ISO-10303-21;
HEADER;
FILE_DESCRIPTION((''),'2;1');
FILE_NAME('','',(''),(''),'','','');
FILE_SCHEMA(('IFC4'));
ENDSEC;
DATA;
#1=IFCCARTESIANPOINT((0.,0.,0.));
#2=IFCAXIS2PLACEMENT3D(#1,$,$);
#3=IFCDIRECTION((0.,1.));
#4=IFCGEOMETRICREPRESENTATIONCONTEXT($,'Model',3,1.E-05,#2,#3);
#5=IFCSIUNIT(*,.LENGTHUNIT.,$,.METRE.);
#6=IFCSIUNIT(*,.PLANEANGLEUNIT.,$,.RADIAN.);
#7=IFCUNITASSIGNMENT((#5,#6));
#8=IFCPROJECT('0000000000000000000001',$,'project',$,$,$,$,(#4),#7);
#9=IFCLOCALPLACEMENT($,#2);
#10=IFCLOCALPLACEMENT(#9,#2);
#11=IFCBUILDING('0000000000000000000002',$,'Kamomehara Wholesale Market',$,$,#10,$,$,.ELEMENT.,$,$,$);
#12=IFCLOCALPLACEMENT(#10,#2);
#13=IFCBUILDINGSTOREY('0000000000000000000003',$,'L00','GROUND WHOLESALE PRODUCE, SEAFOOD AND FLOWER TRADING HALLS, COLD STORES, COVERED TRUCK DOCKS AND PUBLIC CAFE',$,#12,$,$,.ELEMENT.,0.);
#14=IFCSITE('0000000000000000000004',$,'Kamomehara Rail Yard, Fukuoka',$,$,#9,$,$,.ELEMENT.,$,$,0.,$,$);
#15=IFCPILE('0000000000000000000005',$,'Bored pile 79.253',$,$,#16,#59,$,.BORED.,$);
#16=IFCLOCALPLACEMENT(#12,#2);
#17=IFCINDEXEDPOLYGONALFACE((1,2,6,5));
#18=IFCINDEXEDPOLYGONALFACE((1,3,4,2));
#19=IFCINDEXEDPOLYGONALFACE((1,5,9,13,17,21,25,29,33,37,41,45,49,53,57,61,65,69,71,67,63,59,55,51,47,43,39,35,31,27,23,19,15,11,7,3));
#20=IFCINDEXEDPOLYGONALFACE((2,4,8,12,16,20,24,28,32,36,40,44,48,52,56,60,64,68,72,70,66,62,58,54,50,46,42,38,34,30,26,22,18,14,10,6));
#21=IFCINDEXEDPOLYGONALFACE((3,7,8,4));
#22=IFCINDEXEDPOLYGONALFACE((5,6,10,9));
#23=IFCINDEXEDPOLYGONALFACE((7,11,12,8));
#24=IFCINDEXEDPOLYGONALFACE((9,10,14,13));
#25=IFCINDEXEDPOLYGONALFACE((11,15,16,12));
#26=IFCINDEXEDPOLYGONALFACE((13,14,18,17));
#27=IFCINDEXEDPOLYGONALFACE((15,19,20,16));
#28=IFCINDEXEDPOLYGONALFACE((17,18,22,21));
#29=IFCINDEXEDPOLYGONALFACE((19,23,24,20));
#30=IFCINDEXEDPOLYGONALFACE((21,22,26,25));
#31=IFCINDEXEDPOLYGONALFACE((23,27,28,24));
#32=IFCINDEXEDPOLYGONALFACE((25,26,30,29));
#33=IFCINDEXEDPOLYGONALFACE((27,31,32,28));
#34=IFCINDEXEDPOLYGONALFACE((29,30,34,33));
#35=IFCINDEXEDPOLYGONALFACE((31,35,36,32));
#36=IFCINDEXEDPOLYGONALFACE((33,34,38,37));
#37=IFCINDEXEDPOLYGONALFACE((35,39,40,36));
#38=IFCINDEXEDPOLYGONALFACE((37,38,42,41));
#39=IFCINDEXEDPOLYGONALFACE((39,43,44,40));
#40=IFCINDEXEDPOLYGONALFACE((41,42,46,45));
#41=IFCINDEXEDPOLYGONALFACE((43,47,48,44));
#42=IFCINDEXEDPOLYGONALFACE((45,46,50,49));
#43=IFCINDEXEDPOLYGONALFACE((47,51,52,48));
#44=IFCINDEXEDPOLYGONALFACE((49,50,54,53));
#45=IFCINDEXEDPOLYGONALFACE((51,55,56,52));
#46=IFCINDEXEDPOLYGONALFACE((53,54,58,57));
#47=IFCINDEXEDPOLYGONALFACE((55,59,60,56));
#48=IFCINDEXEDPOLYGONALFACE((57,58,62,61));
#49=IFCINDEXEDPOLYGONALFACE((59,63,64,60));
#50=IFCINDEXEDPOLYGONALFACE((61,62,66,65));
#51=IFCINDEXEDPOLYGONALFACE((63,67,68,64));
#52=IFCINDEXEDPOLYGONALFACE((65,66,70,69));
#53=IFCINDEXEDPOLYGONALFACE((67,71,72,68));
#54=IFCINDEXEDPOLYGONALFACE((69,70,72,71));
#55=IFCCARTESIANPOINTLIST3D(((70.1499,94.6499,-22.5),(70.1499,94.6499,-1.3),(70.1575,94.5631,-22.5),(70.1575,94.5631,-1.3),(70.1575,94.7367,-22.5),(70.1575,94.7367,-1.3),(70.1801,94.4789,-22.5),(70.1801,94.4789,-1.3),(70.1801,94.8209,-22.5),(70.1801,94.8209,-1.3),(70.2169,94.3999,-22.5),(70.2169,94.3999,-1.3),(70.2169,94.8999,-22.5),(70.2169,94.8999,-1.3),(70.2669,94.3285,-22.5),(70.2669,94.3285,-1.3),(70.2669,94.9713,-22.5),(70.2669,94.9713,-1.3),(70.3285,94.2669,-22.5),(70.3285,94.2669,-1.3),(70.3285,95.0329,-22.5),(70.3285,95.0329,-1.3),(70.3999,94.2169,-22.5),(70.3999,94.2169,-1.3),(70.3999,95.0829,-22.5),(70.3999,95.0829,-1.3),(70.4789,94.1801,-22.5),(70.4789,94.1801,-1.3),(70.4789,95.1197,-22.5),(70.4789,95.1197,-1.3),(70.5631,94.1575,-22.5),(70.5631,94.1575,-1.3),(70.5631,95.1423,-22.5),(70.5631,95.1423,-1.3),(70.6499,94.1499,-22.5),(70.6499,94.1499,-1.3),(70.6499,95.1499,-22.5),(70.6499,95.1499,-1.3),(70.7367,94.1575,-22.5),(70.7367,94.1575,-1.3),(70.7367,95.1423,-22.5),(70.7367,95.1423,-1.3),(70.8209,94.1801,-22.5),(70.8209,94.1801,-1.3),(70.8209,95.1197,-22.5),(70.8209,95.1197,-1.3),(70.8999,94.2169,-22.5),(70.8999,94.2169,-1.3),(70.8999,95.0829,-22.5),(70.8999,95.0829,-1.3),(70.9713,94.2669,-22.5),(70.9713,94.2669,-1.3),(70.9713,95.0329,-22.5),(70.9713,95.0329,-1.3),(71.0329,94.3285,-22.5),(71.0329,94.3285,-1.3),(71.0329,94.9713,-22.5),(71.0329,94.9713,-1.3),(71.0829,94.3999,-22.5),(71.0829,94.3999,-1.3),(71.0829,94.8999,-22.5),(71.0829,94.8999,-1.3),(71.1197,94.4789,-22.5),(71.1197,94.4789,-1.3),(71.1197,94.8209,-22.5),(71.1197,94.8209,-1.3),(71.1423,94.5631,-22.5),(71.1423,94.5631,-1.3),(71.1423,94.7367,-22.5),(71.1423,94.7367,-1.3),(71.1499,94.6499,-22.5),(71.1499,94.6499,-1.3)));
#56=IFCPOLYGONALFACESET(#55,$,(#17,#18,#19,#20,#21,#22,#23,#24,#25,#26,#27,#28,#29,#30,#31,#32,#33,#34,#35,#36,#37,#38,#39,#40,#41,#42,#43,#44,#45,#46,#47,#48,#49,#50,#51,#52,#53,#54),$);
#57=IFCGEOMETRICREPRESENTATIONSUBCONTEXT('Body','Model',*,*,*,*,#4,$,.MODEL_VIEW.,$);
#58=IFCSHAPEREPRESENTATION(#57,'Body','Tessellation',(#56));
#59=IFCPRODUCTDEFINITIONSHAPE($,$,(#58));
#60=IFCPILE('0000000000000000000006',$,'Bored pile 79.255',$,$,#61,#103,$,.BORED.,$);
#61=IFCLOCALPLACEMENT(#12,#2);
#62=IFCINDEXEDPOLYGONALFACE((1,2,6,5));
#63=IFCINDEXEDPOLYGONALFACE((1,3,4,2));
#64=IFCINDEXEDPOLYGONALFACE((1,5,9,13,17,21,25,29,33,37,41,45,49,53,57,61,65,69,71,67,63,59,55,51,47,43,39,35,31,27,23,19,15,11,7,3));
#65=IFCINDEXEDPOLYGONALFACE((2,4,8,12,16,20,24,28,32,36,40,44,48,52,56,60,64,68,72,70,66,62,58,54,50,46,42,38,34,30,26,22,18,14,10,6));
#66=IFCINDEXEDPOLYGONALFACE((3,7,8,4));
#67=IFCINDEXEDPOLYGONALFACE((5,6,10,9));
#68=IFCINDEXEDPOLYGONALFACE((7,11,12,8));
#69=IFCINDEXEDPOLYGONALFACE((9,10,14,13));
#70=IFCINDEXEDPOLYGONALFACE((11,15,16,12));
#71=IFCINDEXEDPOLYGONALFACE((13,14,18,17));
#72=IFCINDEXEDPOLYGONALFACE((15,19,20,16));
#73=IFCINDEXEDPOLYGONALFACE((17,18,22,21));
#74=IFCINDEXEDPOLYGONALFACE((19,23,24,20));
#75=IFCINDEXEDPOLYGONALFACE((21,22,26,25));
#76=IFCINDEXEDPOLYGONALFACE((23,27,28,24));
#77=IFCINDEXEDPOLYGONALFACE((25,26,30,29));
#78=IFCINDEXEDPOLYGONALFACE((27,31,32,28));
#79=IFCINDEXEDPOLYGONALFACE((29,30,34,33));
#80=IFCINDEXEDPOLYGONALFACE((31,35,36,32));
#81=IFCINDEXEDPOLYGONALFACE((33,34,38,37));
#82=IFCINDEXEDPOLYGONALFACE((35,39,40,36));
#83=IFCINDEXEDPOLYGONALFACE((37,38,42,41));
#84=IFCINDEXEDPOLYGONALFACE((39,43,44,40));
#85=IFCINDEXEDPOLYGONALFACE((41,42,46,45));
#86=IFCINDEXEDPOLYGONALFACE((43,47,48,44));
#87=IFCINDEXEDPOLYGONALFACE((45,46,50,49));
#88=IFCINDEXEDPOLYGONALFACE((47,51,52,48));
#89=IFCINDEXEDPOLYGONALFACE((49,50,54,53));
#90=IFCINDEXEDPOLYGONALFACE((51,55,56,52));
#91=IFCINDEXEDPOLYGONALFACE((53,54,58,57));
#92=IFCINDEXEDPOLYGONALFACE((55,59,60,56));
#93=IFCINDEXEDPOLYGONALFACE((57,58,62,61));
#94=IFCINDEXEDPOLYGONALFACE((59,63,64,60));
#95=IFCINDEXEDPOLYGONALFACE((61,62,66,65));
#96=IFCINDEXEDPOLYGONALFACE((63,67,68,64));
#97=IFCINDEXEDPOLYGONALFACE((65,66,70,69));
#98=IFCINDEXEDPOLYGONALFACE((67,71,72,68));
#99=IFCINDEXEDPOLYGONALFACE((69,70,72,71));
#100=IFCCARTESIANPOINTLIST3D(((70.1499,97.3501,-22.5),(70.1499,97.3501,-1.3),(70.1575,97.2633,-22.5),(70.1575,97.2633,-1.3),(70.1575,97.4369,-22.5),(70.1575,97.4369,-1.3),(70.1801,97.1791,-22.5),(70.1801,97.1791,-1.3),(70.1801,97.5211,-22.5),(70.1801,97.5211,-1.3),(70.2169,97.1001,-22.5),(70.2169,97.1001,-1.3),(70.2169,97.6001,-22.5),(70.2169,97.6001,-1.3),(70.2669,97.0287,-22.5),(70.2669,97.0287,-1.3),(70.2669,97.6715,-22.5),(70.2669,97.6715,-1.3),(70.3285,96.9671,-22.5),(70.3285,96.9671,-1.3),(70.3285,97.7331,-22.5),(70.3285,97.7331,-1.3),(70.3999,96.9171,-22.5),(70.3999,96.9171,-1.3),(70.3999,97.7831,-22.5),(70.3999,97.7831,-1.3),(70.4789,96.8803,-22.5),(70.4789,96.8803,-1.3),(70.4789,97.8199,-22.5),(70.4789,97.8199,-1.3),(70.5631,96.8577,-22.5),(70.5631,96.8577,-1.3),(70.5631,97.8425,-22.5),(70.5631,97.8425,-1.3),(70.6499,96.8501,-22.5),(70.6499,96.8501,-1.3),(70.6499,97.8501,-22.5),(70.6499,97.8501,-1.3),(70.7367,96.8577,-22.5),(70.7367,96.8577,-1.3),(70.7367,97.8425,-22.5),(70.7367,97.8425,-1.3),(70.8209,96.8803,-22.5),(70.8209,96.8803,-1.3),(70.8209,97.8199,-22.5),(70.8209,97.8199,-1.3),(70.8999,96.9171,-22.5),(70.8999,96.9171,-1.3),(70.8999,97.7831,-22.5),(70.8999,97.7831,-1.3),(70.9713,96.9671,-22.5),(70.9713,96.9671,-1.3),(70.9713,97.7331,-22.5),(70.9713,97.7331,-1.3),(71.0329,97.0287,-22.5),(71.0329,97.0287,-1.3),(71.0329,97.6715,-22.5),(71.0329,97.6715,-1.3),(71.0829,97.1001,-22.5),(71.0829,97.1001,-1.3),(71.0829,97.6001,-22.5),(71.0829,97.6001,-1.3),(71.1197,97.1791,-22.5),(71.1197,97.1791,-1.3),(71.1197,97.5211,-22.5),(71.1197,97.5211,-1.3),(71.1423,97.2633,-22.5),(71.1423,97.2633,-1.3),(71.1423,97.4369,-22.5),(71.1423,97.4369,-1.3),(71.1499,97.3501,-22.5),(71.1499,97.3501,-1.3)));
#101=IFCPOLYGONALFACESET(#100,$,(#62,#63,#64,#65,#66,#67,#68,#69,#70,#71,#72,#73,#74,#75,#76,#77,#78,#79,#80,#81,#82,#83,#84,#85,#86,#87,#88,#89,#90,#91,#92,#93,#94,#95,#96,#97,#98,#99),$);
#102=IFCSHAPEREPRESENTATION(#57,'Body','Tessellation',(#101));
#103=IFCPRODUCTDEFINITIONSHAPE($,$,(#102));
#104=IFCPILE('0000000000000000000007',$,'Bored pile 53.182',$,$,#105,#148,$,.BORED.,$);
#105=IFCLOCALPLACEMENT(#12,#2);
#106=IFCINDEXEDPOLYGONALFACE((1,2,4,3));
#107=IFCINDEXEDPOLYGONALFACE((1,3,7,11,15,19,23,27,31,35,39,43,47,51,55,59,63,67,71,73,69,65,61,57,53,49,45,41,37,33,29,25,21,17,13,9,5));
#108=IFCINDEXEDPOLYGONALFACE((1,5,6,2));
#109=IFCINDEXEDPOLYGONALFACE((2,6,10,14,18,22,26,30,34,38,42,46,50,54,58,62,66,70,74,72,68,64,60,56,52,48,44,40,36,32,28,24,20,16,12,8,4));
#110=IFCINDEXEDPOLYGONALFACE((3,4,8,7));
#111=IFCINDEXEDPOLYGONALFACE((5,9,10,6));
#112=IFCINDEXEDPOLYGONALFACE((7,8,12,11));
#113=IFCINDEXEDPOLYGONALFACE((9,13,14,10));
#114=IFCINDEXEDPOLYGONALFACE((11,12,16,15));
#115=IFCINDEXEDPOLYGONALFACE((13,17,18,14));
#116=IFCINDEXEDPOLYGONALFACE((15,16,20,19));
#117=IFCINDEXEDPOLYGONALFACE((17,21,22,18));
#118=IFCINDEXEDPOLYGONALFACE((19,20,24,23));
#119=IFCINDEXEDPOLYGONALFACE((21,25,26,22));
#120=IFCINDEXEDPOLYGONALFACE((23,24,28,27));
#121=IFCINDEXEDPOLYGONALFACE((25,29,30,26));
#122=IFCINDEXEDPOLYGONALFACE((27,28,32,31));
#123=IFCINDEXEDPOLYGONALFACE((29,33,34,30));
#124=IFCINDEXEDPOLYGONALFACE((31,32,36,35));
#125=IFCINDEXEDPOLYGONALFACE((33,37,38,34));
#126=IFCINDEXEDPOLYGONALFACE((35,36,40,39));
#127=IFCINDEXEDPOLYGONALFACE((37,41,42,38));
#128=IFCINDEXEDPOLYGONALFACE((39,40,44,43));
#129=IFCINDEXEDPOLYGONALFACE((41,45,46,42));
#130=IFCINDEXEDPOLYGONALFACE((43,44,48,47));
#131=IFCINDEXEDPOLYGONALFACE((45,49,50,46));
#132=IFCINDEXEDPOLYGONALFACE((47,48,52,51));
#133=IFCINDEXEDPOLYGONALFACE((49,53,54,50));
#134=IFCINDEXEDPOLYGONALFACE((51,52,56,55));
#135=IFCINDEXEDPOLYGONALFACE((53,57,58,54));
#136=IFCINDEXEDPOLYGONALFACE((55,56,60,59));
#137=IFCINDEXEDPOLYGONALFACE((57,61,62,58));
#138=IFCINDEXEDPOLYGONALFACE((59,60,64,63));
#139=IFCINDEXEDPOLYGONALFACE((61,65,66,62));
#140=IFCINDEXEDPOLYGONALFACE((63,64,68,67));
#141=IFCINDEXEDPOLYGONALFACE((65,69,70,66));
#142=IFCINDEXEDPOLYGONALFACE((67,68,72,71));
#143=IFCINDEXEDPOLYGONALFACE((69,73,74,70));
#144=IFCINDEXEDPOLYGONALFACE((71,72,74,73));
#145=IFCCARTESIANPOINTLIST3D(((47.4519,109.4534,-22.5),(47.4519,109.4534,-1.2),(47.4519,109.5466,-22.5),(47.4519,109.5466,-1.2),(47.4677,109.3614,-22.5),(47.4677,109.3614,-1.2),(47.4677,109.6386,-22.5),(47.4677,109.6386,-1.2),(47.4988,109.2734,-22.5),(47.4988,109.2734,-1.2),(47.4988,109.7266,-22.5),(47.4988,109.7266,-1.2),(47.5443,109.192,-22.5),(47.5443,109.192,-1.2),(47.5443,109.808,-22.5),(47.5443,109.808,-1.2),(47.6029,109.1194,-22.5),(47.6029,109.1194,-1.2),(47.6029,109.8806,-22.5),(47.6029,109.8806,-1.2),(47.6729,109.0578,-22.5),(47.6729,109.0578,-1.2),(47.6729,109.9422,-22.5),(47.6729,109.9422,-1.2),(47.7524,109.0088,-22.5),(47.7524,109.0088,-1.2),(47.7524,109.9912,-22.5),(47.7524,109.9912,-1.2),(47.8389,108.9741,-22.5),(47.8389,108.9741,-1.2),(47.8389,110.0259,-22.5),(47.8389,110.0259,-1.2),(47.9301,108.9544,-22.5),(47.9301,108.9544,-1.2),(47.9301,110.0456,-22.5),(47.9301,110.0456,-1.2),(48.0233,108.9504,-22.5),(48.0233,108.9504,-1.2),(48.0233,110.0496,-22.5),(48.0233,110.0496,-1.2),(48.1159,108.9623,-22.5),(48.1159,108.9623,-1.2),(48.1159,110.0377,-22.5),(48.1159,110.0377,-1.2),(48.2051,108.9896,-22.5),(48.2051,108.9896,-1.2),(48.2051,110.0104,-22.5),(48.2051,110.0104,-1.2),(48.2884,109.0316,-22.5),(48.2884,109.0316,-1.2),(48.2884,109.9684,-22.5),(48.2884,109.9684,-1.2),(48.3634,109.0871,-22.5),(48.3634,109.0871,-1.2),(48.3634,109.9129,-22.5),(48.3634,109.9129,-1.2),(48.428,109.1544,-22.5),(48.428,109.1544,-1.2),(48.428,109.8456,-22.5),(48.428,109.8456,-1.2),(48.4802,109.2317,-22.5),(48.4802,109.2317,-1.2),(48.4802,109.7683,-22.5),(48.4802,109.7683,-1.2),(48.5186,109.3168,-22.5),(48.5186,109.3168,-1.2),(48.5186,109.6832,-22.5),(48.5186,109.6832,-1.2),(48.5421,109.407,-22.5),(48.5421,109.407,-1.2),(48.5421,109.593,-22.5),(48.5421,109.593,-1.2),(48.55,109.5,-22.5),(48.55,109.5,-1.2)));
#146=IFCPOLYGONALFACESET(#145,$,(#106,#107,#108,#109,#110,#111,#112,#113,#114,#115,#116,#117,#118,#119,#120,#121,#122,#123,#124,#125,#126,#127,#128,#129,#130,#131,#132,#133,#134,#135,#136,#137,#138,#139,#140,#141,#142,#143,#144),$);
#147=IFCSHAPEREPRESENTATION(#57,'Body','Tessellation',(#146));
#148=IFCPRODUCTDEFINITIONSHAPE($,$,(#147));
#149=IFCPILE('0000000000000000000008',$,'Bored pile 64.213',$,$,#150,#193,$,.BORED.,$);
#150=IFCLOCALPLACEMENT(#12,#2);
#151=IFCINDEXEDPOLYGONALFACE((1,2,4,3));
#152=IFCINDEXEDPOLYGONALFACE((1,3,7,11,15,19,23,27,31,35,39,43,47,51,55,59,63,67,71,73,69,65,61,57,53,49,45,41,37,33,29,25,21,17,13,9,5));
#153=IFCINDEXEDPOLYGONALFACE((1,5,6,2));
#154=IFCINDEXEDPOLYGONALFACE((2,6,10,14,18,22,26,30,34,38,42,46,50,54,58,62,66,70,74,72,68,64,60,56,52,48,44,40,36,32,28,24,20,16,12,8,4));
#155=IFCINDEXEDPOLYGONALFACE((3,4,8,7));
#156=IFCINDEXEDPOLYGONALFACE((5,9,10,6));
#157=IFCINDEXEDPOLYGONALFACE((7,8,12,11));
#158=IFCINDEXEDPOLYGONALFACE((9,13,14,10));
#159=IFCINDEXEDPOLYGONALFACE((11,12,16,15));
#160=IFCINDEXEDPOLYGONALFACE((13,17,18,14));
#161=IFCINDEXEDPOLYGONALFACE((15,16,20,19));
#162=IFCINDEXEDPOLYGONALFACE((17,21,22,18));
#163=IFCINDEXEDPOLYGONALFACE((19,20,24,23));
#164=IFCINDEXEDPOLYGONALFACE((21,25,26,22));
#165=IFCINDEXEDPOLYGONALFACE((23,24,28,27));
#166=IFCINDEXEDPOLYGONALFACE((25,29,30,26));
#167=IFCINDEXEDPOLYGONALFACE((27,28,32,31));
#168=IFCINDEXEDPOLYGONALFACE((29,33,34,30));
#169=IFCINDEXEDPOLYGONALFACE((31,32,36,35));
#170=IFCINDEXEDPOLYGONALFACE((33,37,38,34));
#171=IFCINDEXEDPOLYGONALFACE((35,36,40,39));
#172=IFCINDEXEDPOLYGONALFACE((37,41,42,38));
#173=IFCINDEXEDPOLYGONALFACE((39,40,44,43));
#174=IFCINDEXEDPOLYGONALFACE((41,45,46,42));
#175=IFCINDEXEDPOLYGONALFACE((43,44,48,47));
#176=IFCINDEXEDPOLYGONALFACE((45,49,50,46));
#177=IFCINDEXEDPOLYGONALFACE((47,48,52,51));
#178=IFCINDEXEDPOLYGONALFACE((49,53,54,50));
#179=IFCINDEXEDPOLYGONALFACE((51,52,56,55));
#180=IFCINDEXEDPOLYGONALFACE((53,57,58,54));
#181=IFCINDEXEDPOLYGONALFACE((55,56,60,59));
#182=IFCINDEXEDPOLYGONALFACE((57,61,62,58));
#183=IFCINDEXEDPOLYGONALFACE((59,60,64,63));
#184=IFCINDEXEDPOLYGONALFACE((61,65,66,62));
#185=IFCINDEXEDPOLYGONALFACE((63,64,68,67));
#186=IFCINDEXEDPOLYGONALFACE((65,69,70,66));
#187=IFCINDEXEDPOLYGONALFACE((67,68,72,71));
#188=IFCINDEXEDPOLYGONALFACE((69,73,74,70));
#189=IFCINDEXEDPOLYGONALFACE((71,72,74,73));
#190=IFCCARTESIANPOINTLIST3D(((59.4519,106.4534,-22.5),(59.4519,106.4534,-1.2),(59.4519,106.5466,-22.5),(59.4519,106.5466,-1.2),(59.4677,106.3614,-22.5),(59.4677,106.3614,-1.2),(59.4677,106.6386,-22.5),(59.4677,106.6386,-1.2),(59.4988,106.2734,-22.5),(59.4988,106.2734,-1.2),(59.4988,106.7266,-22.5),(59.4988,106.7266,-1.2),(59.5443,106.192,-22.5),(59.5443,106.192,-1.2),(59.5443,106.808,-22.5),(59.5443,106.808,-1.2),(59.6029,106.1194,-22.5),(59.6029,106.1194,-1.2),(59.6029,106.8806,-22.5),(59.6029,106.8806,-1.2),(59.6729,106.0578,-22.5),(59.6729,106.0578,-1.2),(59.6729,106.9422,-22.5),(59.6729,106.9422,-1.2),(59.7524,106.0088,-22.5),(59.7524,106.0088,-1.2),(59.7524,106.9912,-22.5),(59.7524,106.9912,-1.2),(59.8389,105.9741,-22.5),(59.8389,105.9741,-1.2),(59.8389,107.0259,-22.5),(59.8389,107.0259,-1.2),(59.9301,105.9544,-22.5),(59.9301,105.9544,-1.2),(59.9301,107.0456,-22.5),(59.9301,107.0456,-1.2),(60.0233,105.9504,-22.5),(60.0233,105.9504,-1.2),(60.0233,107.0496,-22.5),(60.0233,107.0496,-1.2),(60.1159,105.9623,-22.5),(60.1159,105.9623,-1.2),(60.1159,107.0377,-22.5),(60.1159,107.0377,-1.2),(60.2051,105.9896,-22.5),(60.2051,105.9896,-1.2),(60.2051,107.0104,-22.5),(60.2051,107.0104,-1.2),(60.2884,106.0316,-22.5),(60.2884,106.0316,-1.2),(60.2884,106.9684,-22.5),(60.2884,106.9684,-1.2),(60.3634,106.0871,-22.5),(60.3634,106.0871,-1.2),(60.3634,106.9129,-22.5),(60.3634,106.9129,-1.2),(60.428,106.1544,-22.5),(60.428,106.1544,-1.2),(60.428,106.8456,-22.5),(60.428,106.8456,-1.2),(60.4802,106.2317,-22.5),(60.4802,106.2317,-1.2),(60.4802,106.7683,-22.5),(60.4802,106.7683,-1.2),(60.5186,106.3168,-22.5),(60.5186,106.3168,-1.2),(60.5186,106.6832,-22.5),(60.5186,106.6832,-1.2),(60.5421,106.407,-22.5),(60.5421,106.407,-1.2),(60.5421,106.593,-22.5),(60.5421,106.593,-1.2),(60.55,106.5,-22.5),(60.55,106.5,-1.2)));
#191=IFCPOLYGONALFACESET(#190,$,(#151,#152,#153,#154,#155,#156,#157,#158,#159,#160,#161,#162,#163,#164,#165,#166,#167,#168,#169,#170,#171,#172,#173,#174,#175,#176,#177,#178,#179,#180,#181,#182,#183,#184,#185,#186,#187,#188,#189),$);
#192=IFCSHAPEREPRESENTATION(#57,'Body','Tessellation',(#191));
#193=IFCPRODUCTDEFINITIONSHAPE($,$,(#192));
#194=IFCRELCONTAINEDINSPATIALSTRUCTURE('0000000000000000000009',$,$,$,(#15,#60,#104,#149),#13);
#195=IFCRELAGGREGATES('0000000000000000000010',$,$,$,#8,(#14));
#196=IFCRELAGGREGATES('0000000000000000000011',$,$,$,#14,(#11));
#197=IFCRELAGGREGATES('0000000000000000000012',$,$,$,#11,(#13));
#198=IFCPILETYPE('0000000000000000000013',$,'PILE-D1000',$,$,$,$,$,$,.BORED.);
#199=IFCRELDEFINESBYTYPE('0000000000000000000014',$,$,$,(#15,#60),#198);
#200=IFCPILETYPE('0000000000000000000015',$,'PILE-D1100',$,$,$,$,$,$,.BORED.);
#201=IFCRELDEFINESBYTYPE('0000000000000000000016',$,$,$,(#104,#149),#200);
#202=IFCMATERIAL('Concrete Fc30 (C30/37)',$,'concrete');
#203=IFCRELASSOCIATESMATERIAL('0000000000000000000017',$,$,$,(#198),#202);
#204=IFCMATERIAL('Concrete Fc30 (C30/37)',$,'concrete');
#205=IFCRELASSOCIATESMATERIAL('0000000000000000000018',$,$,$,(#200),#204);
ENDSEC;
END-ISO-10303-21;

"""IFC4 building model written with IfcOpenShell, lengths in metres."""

from ifc_helpers import new_model, si_unit, direction, frame, origin, origin_2d, place, context, subcontext, project, spatial, circle, extrude, material, material_profile, profile_set, type_object, element, save


model = new_model("IFC4")

# Units and contexts
model_context = context("Model", 3, precision=1e-05, world=origin(), true_north=direction((0.0, 1.0)))
body_context = subcontext(model_context, "Body", "Model", "MODEL_VIEW")
ifc_project = project(units=[si_unit("LENGTHUNIT", "METRE"), si_unit("PLANEANGLEUNIT", "RADIAN")], contexts=[model_context])

# Site, building, storey
site_placement = place(None, origin())
site = spatial("IfcSite", under=ifc_project, at=site_placement, Name="Kamomehara Rail Yard, Fukuoka", CompositionType="ELEMENT", RefElevation=0.0)
building_placement = place(site_placement, origin())
building = spatial("IfcBuilding", under=site, at=building_placement, Name="Kamomehara Wholesale Market", CompositionType="ELEMENT")
storey_placement = place(building_placement, origin())
storey = spatial("IfcBuildingStorey", under=building, at=storey_placement, Name="L00", Description="GROUND WHOLESALE PRODUCE, SEAFOOD AND FLOWER TRADING HALLS, COLD STORES, COVERED TRUCK DOCKS AND PUBLIC CAFE", CompositionType="ELEMENT", Elevation=0.0)

# Piles
ifc_material_1 = material(Name="Concrete Fc30 (C30/37)", Category="concrete")
ifc_material_profile_1 = material_profile(ifc_material_1, circle(Radius=0.5, at=origin_2d()), Name="RC-PILE-D1000")
ifc_profile_set_1 = profile_set([ifc_material_profile_1], Name="Concrete Fc30 (C30/37)")
pile_type_1 = type_object("IfcPileType", Name="PILE-D1000", PredefinedType="BORED", material=ifc_profile_set_1)
for number, where, z_axis, x_axis, name in (
    (1, (70.6499, 94.6499, -1.3), (0.0, 0.0, -1.0), (1.0, 0.0, 0.0), "Bored pile 79.253"),
    (2, (70.6499, 97.3501, -1.3), (0.0, 0.0, -1.0), (1.0, 0.0, 0.0), "Bored pile 79.255"),
):
    element("IfcPile", number, at=place(storey_placement, frame(where, z_axis=z_axis, x_axis=x_axis)), inside=storey, type_object=pile_type_1, Name=name, PredefinedType="BORED", context=body_context, shape_type="SweptSolid", body=[
        extrude(circle(Radius=0.5, at=origin_2d()), origin(), (0.0, 0.0, 1.0), 21.2),
    ])
ifc_material_2 = material(Name="Concrete Fc30 (C30/37)", Category="concrete")
ifc_material_profile_2 = material_profile(ifc_material_2, circle(Radius=0.55, at=origin_2d()), Name="RC-PILE-D1100")
ifc_profile_set_2 = profile_set([ifc_material_profile_2], Name="Concrete Fc30 (C30/37)")
pile_type_2 = type_object("IfcPileType", Name="PILE-D1100", PredefinedType="BORED", material=ifc_profile_set_2)
for number, where, z_axis, x_axis, name in (
    (3, (48.0, 109.5, -1.2), (0.0, 0.0, -1.0), (1.0, 0.0, 0.0), "Bored pile 53.182"),
    (4, (60.0, 106.5, -1.2), (0.0, 0.0, -1.0), (1.0, 0.0, 0.0), "Bored pile 64.213"),
):
    element("IfcPile", number, at=place(storey_placement, frame(where, z_axis=z_axis, x_axis=x_axis)), inside=storey, type_object=pile_type_2, Name=name, PredefinedType="BORED", context=body_context, shape_type="SweptSolid", body=[
        extrude(circle(Radius=0.55, at=origin_2d()), origin(), (0.0, 0.0, 1.0), 21.3),
    ])

save(model, "model.ifc")
